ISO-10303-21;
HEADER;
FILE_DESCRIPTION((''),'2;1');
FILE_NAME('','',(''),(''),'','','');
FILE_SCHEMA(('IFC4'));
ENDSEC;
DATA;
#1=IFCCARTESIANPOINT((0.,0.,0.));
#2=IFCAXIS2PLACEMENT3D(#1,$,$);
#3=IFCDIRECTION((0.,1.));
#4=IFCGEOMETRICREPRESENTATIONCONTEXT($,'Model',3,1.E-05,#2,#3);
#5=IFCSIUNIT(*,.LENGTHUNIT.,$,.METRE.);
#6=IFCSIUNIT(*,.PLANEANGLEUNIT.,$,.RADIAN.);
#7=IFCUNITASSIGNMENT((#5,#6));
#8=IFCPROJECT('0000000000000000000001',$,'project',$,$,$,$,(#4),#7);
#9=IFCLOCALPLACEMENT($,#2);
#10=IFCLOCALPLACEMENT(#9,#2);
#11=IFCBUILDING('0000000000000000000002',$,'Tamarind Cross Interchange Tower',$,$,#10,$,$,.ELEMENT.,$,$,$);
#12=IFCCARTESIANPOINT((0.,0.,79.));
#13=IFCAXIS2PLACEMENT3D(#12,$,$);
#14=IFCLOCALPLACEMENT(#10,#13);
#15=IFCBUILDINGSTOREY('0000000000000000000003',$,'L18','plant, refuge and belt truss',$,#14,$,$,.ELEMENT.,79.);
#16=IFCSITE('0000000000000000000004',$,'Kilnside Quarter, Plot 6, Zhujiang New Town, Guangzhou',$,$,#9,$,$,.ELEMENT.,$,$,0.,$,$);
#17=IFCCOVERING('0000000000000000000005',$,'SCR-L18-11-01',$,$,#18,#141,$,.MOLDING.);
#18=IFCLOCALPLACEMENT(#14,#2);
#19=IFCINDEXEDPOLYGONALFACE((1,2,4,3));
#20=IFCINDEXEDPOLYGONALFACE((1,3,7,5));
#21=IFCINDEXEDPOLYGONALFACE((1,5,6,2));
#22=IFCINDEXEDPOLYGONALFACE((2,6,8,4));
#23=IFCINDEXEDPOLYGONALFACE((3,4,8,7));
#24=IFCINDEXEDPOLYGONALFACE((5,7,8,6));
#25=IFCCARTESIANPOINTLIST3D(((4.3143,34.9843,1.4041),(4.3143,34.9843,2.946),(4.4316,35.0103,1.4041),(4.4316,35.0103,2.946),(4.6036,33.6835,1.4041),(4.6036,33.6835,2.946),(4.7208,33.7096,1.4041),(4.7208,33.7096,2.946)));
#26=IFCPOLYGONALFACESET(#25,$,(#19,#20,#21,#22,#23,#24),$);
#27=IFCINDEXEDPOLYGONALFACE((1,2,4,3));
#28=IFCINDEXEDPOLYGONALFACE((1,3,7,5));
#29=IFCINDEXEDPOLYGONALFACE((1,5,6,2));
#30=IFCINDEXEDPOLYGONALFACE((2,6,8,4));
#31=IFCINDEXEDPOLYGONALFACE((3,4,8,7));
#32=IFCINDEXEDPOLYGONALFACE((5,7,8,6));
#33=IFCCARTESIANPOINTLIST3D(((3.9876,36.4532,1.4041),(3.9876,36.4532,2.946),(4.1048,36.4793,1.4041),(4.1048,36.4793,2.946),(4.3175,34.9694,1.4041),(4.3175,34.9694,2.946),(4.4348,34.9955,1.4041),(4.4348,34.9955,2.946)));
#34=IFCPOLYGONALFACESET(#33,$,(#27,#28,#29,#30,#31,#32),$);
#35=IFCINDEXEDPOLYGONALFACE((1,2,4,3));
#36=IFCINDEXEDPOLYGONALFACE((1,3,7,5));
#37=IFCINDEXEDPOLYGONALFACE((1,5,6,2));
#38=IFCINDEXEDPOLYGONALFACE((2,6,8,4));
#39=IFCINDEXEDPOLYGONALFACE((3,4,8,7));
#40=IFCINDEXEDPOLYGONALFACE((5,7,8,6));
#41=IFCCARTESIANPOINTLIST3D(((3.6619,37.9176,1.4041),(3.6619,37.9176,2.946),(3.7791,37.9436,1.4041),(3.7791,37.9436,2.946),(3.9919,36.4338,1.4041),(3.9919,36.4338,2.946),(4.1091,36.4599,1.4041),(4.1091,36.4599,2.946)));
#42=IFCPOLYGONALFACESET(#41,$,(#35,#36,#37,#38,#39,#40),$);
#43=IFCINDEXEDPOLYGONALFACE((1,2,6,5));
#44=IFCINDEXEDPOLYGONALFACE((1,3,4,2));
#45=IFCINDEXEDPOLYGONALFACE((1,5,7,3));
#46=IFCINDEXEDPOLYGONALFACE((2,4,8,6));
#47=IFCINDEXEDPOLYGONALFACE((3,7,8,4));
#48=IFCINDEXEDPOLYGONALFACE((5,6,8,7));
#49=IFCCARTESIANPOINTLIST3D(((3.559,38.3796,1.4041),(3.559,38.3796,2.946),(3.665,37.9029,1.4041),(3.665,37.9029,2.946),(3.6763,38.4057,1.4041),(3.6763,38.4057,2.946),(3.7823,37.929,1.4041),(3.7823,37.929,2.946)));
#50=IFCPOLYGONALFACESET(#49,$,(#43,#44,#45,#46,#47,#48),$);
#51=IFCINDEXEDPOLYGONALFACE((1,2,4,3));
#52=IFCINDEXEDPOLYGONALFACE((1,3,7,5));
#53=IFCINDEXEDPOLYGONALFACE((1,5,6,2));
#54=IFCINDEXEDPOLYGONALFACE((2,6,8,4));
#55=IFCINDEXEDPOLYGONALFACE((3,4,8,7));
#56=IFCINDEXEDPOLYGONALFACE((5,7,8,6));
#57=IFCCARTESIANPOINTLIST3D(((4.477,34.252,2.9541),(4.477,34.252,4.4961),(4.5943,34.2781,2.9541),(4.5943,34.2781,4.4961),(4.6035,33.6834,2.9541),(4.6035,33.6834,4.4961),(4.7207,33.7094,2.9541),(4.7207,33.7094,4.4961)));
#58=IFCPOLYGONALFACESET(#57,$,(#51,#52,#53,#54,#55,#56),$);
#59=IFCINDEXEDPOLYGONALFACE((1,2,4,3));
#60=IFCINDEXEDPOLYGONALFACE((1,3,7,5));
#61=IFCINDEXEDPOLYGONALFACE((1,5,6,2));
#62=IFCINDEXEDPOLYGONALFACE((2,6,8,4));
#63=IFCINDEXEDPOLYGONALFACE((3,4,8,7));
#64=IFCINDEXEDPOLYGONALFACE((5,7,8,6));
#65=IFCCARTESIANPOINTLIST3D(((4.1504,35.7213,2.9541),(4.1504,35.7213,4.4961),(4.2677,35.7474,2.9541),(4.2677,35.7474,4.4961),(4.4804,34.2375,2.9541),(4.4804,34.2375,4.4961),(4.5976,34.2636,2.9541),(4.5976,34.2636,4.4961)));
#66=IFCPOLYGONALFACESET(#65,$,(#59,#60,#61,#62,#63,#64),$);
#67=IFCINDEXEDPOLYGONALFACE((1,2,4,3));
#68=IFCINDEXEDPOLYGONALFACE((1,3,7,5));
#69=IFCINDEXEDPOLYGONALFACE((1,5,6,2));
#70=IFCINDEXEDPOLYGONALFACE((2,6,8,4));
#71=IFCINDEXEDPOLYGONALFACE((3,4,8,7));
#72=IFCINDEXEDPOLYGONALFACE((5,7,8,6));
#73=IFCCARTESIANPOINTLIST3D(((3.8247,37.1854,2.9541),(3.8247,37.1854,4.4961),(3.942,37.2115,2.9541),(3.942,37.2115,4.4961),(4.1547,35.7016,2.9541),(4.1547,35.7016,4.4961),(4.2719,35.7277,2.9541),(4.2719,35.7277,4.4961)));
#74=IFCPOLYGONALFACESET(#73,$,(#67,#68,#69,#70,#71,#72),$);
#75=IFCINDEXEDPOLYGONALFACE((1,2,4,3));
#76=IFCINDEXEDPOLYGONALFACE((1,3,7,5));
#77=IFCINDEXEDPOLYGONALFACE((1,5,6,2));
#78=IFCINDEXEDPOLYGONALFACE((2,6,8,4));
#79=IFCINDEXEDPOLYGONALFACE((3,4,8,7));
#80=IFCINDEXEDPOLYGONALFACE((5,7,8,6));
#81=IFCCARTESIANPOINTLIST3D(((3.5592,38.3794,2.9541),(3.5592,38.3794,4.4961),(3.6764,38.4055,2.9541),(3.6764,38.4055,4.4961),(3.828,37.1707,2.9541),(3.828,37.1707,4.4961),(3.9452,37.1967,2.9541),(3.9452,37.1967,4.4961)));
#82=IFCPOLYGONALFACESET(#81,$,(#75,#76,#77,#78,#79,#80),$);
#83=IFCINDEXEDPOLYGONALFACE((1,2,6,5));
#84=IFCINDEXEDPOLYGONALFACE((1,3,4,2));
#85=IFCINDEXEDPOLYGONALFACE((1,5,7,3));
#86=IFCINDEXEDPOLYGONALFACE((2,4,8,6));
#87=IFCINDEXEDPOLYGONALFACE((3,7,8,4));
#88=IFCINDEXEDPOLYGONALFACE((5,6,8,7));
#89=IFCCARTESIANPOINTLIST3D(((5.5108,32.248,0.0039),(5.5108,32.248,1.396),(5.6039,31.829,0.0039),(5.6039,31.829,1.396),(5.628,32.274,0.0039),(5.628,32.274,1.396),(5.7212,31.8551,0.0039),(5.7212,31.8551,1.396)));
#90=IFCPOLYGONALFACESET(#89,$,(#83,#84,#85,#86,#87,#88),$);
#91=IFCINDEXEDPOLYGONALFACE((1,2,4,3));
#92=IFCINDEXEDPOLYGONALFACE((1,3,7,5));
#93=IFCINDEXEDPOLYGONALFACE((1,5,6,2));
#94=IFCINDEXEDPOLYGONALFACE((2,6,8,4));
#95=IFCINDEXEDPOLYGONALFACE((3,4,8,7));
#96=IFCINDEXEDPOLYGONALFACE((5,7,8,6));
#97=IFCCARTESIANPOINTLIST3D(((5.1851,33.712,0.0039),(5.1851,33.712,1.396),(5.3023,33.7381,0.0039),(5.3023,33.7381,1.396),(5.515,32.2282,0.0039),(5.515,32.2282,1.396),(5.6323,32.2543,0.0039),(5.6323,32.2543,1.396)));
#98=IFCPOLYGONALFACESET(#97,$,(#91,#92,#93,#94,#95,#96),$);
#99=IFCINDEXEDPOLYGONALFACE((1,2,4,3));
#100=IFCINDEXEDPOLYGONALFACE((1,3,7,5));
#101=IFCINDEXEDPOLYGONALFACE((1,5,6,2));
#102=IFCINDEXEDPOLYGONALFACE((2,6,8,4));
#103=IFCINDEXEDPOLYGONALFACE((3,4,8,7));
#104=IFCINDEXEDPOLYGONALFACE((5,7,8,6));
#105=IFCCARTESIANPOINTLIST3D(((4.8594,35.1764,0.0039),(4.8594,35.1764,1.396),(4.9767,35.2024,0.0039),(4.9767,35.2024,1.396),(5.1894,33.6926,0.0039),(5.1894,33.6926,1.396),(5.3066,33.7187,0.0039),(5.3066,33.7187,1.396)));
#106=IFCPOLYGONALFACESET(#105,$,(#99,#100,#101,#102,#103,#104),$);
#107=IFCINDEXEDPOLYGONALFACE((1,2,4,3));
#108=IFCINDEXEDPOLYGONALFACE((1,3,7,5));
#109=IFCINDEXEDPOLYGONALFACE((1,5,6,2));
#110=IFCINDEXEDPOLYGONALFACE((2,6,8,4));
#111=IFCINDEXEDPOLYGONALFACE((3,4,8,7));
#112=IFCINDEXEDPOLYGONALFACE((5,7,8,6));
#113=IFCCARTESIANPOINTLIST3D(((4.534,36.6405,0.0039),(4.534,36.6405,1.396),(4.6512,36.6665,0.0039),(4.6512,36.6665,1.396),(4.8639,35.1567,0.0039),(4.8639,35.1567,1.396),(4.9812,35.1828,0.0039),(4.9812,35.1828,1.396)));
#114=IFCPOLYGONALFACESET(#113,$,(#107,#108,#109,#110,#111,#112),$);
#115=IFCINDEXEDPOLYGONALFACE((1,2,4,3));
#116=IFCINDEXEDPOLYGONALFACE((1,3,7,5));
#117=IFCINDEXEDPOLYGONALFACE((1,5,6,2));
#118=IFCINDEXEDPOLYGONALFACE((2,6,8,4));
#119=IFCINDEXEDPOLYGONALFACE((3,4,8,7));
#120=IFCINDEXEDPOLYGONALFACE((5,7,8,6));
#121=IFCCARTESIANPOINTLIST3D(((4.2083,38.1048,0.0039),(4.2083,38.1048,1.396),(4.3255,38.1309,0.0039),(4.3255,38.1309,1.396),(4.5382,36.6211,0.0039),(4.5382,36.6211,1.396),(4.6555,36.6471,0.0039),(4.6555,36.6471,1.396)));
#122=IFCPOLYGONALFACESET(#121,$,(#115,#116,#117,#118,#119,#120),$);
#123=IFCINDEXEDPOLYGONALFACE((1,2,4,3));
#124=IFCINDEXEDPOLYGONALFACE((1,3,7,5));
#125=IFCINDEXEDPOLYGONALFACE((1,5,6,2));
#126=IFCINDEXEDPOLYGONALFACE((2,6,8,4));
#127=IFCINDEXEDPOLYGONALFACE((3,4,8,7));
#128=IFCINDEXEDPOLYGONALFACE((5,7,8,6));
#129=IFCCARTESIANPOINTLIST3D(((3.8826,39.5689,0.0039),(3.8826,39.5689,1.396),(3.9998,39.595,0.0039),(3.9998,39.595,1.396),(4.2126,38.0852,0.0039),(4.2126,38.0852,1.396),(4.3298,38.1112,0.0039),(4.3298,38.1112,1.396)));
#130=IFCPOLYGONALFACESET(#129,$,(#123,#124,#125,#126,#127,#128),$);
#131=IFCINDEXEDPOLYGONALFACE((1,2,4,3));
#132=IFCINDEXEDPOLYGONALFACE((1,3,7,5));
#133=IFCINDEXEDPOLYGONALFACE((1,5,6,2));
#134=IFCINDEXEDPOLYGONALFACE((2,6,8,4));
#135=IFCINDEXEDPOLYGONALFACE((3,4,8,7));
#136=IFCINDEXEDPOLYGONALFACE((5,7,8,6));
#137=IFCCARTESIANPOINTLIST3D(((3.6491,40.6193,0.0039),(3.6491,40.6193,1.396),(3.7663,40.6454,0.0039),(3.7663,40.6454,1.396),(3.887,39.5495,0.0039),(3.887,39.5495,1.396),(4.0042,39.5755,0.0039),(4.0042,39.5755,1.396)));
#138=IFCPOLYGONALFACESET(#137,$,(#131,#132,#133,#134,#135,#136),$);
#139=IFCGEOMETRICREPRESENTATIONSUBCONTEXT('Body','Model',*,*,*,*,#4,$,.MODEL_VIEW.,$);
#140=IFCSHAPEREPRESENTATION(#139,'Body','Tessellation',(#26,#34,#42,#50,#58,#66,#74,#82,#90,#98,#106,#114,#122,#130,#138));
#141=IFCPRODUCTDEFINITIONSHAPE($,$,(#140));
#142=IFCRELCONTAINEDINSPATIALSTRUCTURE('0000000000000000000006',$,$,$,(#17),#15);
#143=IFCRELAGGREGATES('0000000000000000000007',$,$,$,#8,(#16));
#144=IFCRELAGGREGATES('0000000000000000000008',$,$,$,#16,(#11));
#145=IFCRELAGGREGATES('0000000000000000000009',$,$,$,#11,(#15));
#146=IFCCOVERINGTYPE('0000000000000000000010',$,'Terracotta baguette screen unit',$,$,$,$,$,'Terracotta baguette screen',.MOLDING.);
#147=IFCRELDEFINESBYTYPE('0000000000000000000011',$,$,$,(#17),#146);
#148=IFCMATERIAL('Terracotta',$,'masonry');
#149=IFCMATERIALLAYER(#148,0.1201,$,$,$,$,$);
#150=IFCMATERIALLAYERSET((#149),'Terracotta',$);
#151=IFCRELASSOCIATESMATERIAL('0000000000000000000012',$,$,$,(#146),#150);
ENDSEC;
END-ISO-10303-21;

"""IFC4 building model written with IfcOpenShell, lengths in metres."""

from ifc_helpers import new_model, si_unit, direction, frame, origin, origin_2d, place, context, subcontext, project, spatial, rectangle, extrude, material, layer, layer_set, type_object, element, save


model = new_model("IFC4")

# Units and contexts
model_context = context("Model", 3, precision=1e-05, world=origin(), true_north=direction((0.0, 1.0)))
body_context = subcontext(model_context, "Body", "Model", "MODEL_VIEW")
ifc_project = project(units=[si_unit("LENGTHUNIT", "METRE"), si_unit("PLANEANGLEUNIT", "RADIAN")], contexts=[model_context])

# Site, building, storey
site_placement = place(None, origin())
site = spatial("IfcSite", under=ifc_project, at=site_placement, Name="Kilnside Quarter, Plot 6, Zhujiang New Town, Guangzhou", CompositionType="ELEMENT", RefElevation=0.0)
building_placement = place(site_placement, origin())
building = spatial("IfcBuilding", under=site, at=building_placement, Name="Tamarind Cross Interchange Tower", CompositionType="ELEMENT")
storey_placement = place(building_placement, frame((0.0, 0.0, 79.0)))
storey = spatial("IfcBuildingStorey", under=building, at=storey_placement, Name="L18", Description="plant, refuge and belt truss", CompositionType="ELEMENT", Elevation=79.0)

# Covering
ifc_material_1 = material(Name="Terracotta", Category="masonry")
ifc_layer_1 = layer(ifc_material_1, 0.1201)
ifc_layer_set_1 = layer_set([ifc_layer_1], Name="Terracotta")
covering_type = type_object("IfcCoveringType", Name="Terracotta baguette screen unit", ElementType="Terracotta baguette screen", PredefinedType="MOLDING", material=ifc_layer_set_1)
covering_1_placement = place(storey_placement, origin())
element("IfcCovering", 1, at=covering_1_placement, inside=storey, type_object=covering_type, Name="SCR-L18-11-01", PredefinedType="MOLDING", context=body_context, shape_type="SweptSolid", body=[
    extrude(rectangle(XDim=1.3325, YDim=0.1201, at=origin_2d()), frame((4.5176, 34.3469, 1.4041), z_axis=(0.0, 0.0, 1.0), x_axis=(-0.21708, 0.976154, 0.0)), (0.0, 0.0, 1.0), 1.542),
    extrude(rectangle(XDim=1.52, YDim=0.1201, at=origin_2d()), frame((4.2112, 35.7244, 1.4041), z_axis=(0.0, 0.0, 1.0), x_axis=(-0.21708, 0.976154, 0.0)), (0.0, 0.0, 1.0), 1.542),
    extrude(rectangle(XDim=1.52, YDim=0.1201, at=origin_2d()), frame((3.8855, 37.1887, 1.4041), z_axis=(0.0, 0.0, 1.0), x_axis=(-0.21708, 0.976154, 0.0)), (0.0, 0.0, 1.0), 1.542),
    extrude(rectangle(XDim=0.4883, YDim=0.1201, at=origin_2d()), frame((3.6707, 38.1543, 1.4041), z_axis=(0.0, 0.0, 1.0), x_axis=(-0.21708, 0.976154, 0.0)), (0.0, 0.0, 1.0), 1.542),
    extrude(rectangle(XDim=0.5825, YDim=0.1201, at=origin_2d()), frame((4.5989, 33.9807, 2.9541), z_axis=(0.0, 0.0, 1.0), x_axis=(-0.21708, 0.976154, 0.0)), (0.0, 0.0, 1.0), 1.542),
    extrude(rectangle(XDim=1.52, YDim=0.1201, at=origin_2d()), frame((4.374, 34.9924, 2.9541), z_axis=(0.0, 0.0, 1.0), x_axis=(-0.21708, 0.976154, 0.0)), (0.0, 0.0, 1.0), 1.542),
    extrude(rectangle(XDim=1.52, YDim=0.1201, at=origin_2d()), frame((4.0483, 36.4565, 2.9541), z_axis=(0.0, 0.0, 1.0), x_axis=(-0.21708, 0.976154, 0.0)), (0.0, 0.0, 1.0), 1.542),
    extrude(rectangle(XDim=1.2383, YDim=0.1201, at=origin_2d()), frame((3.7522, 37.7881, 2.9541), z_axis=(0.0, 0.0, 1.0), x_axis=(-0.21708, 0.976154, 0.0)), (0.0, 0.0, 1.0), 1.542),
    extrude(rectangle(XDim=0.4292, YDim=0.1201, at=origin_2d()), frame((5.616, 32.0515, 0.0039), z_axis=(0.0, 0.0, 1.0), x_axis=(-0.21708, 0.976154, 0.0)), (0.0, 0.0, 1.0), 1.3921),
    extrude(rectangle(XDim=1.52, YDim=0.1201, at=origin_2d()), frame((5.4087, 32.9832, 0.0039), z_axis=(0.0, 0.0, 1.0), x_axis=(-0.21708, 0.976154, 0.0)), (0.0, 0.0, 1.0), 1.3921),
    extrude(rectangle(XDim=1.52, YDim=0.1201, at=origin_2d()), frame((5.083, 34.4475, 0.0039), z_axis=(0.0, 0.0, 1.0), x_axis=(-0.21708, 0.976154, 0.0)), (0.0, 0.0, 1.0), 1.3921),
    extrude(rectangle(XDim=1.52, YDim=0.1201, at=origin_2d()), frame((4.7576, 35.9116, 0.0039), z_axis=(0.0, 0.0, 1.0), x_axis=(-0.21708, 0.976154, 0.0)), (0.0, 0.0, 1.0), 1.3921),
    extrude(rectangle(XDim=1.52, YDim=0.1201, at=origin_2d()), frame((4.4319, 37.376, 0.0039), z_axis=(0.0, 0.0, 1.0), x_axis=(-0.21708, 0.976154, 0.0)), (0.0, 0.0, 1.0), 1.3921),
    extrude(rectangle(XDim=1.52, YDim=0.1201, at=origin_2d()), frame((4.1062, 38.8401, 0.0039), z_axis=(0.0, 0.0, 1.0), x_axis=(-0.21708, 0.976154, 0.0)), (0.0, 0.0, 1.0), 1.3921),
    extrude(rectangle(XDim=1.0959, YDim=0.1201, at=origin_2d()), frame((3.8267, 40.0974, 0.0039), z_axis=(0.0, 0.0, 1.0), x_axis=(-0.21708, 0.976154, 0.0)), (0.0, 0.0, 1.0), 1.3921),
])

save(model, "model.ifc")
